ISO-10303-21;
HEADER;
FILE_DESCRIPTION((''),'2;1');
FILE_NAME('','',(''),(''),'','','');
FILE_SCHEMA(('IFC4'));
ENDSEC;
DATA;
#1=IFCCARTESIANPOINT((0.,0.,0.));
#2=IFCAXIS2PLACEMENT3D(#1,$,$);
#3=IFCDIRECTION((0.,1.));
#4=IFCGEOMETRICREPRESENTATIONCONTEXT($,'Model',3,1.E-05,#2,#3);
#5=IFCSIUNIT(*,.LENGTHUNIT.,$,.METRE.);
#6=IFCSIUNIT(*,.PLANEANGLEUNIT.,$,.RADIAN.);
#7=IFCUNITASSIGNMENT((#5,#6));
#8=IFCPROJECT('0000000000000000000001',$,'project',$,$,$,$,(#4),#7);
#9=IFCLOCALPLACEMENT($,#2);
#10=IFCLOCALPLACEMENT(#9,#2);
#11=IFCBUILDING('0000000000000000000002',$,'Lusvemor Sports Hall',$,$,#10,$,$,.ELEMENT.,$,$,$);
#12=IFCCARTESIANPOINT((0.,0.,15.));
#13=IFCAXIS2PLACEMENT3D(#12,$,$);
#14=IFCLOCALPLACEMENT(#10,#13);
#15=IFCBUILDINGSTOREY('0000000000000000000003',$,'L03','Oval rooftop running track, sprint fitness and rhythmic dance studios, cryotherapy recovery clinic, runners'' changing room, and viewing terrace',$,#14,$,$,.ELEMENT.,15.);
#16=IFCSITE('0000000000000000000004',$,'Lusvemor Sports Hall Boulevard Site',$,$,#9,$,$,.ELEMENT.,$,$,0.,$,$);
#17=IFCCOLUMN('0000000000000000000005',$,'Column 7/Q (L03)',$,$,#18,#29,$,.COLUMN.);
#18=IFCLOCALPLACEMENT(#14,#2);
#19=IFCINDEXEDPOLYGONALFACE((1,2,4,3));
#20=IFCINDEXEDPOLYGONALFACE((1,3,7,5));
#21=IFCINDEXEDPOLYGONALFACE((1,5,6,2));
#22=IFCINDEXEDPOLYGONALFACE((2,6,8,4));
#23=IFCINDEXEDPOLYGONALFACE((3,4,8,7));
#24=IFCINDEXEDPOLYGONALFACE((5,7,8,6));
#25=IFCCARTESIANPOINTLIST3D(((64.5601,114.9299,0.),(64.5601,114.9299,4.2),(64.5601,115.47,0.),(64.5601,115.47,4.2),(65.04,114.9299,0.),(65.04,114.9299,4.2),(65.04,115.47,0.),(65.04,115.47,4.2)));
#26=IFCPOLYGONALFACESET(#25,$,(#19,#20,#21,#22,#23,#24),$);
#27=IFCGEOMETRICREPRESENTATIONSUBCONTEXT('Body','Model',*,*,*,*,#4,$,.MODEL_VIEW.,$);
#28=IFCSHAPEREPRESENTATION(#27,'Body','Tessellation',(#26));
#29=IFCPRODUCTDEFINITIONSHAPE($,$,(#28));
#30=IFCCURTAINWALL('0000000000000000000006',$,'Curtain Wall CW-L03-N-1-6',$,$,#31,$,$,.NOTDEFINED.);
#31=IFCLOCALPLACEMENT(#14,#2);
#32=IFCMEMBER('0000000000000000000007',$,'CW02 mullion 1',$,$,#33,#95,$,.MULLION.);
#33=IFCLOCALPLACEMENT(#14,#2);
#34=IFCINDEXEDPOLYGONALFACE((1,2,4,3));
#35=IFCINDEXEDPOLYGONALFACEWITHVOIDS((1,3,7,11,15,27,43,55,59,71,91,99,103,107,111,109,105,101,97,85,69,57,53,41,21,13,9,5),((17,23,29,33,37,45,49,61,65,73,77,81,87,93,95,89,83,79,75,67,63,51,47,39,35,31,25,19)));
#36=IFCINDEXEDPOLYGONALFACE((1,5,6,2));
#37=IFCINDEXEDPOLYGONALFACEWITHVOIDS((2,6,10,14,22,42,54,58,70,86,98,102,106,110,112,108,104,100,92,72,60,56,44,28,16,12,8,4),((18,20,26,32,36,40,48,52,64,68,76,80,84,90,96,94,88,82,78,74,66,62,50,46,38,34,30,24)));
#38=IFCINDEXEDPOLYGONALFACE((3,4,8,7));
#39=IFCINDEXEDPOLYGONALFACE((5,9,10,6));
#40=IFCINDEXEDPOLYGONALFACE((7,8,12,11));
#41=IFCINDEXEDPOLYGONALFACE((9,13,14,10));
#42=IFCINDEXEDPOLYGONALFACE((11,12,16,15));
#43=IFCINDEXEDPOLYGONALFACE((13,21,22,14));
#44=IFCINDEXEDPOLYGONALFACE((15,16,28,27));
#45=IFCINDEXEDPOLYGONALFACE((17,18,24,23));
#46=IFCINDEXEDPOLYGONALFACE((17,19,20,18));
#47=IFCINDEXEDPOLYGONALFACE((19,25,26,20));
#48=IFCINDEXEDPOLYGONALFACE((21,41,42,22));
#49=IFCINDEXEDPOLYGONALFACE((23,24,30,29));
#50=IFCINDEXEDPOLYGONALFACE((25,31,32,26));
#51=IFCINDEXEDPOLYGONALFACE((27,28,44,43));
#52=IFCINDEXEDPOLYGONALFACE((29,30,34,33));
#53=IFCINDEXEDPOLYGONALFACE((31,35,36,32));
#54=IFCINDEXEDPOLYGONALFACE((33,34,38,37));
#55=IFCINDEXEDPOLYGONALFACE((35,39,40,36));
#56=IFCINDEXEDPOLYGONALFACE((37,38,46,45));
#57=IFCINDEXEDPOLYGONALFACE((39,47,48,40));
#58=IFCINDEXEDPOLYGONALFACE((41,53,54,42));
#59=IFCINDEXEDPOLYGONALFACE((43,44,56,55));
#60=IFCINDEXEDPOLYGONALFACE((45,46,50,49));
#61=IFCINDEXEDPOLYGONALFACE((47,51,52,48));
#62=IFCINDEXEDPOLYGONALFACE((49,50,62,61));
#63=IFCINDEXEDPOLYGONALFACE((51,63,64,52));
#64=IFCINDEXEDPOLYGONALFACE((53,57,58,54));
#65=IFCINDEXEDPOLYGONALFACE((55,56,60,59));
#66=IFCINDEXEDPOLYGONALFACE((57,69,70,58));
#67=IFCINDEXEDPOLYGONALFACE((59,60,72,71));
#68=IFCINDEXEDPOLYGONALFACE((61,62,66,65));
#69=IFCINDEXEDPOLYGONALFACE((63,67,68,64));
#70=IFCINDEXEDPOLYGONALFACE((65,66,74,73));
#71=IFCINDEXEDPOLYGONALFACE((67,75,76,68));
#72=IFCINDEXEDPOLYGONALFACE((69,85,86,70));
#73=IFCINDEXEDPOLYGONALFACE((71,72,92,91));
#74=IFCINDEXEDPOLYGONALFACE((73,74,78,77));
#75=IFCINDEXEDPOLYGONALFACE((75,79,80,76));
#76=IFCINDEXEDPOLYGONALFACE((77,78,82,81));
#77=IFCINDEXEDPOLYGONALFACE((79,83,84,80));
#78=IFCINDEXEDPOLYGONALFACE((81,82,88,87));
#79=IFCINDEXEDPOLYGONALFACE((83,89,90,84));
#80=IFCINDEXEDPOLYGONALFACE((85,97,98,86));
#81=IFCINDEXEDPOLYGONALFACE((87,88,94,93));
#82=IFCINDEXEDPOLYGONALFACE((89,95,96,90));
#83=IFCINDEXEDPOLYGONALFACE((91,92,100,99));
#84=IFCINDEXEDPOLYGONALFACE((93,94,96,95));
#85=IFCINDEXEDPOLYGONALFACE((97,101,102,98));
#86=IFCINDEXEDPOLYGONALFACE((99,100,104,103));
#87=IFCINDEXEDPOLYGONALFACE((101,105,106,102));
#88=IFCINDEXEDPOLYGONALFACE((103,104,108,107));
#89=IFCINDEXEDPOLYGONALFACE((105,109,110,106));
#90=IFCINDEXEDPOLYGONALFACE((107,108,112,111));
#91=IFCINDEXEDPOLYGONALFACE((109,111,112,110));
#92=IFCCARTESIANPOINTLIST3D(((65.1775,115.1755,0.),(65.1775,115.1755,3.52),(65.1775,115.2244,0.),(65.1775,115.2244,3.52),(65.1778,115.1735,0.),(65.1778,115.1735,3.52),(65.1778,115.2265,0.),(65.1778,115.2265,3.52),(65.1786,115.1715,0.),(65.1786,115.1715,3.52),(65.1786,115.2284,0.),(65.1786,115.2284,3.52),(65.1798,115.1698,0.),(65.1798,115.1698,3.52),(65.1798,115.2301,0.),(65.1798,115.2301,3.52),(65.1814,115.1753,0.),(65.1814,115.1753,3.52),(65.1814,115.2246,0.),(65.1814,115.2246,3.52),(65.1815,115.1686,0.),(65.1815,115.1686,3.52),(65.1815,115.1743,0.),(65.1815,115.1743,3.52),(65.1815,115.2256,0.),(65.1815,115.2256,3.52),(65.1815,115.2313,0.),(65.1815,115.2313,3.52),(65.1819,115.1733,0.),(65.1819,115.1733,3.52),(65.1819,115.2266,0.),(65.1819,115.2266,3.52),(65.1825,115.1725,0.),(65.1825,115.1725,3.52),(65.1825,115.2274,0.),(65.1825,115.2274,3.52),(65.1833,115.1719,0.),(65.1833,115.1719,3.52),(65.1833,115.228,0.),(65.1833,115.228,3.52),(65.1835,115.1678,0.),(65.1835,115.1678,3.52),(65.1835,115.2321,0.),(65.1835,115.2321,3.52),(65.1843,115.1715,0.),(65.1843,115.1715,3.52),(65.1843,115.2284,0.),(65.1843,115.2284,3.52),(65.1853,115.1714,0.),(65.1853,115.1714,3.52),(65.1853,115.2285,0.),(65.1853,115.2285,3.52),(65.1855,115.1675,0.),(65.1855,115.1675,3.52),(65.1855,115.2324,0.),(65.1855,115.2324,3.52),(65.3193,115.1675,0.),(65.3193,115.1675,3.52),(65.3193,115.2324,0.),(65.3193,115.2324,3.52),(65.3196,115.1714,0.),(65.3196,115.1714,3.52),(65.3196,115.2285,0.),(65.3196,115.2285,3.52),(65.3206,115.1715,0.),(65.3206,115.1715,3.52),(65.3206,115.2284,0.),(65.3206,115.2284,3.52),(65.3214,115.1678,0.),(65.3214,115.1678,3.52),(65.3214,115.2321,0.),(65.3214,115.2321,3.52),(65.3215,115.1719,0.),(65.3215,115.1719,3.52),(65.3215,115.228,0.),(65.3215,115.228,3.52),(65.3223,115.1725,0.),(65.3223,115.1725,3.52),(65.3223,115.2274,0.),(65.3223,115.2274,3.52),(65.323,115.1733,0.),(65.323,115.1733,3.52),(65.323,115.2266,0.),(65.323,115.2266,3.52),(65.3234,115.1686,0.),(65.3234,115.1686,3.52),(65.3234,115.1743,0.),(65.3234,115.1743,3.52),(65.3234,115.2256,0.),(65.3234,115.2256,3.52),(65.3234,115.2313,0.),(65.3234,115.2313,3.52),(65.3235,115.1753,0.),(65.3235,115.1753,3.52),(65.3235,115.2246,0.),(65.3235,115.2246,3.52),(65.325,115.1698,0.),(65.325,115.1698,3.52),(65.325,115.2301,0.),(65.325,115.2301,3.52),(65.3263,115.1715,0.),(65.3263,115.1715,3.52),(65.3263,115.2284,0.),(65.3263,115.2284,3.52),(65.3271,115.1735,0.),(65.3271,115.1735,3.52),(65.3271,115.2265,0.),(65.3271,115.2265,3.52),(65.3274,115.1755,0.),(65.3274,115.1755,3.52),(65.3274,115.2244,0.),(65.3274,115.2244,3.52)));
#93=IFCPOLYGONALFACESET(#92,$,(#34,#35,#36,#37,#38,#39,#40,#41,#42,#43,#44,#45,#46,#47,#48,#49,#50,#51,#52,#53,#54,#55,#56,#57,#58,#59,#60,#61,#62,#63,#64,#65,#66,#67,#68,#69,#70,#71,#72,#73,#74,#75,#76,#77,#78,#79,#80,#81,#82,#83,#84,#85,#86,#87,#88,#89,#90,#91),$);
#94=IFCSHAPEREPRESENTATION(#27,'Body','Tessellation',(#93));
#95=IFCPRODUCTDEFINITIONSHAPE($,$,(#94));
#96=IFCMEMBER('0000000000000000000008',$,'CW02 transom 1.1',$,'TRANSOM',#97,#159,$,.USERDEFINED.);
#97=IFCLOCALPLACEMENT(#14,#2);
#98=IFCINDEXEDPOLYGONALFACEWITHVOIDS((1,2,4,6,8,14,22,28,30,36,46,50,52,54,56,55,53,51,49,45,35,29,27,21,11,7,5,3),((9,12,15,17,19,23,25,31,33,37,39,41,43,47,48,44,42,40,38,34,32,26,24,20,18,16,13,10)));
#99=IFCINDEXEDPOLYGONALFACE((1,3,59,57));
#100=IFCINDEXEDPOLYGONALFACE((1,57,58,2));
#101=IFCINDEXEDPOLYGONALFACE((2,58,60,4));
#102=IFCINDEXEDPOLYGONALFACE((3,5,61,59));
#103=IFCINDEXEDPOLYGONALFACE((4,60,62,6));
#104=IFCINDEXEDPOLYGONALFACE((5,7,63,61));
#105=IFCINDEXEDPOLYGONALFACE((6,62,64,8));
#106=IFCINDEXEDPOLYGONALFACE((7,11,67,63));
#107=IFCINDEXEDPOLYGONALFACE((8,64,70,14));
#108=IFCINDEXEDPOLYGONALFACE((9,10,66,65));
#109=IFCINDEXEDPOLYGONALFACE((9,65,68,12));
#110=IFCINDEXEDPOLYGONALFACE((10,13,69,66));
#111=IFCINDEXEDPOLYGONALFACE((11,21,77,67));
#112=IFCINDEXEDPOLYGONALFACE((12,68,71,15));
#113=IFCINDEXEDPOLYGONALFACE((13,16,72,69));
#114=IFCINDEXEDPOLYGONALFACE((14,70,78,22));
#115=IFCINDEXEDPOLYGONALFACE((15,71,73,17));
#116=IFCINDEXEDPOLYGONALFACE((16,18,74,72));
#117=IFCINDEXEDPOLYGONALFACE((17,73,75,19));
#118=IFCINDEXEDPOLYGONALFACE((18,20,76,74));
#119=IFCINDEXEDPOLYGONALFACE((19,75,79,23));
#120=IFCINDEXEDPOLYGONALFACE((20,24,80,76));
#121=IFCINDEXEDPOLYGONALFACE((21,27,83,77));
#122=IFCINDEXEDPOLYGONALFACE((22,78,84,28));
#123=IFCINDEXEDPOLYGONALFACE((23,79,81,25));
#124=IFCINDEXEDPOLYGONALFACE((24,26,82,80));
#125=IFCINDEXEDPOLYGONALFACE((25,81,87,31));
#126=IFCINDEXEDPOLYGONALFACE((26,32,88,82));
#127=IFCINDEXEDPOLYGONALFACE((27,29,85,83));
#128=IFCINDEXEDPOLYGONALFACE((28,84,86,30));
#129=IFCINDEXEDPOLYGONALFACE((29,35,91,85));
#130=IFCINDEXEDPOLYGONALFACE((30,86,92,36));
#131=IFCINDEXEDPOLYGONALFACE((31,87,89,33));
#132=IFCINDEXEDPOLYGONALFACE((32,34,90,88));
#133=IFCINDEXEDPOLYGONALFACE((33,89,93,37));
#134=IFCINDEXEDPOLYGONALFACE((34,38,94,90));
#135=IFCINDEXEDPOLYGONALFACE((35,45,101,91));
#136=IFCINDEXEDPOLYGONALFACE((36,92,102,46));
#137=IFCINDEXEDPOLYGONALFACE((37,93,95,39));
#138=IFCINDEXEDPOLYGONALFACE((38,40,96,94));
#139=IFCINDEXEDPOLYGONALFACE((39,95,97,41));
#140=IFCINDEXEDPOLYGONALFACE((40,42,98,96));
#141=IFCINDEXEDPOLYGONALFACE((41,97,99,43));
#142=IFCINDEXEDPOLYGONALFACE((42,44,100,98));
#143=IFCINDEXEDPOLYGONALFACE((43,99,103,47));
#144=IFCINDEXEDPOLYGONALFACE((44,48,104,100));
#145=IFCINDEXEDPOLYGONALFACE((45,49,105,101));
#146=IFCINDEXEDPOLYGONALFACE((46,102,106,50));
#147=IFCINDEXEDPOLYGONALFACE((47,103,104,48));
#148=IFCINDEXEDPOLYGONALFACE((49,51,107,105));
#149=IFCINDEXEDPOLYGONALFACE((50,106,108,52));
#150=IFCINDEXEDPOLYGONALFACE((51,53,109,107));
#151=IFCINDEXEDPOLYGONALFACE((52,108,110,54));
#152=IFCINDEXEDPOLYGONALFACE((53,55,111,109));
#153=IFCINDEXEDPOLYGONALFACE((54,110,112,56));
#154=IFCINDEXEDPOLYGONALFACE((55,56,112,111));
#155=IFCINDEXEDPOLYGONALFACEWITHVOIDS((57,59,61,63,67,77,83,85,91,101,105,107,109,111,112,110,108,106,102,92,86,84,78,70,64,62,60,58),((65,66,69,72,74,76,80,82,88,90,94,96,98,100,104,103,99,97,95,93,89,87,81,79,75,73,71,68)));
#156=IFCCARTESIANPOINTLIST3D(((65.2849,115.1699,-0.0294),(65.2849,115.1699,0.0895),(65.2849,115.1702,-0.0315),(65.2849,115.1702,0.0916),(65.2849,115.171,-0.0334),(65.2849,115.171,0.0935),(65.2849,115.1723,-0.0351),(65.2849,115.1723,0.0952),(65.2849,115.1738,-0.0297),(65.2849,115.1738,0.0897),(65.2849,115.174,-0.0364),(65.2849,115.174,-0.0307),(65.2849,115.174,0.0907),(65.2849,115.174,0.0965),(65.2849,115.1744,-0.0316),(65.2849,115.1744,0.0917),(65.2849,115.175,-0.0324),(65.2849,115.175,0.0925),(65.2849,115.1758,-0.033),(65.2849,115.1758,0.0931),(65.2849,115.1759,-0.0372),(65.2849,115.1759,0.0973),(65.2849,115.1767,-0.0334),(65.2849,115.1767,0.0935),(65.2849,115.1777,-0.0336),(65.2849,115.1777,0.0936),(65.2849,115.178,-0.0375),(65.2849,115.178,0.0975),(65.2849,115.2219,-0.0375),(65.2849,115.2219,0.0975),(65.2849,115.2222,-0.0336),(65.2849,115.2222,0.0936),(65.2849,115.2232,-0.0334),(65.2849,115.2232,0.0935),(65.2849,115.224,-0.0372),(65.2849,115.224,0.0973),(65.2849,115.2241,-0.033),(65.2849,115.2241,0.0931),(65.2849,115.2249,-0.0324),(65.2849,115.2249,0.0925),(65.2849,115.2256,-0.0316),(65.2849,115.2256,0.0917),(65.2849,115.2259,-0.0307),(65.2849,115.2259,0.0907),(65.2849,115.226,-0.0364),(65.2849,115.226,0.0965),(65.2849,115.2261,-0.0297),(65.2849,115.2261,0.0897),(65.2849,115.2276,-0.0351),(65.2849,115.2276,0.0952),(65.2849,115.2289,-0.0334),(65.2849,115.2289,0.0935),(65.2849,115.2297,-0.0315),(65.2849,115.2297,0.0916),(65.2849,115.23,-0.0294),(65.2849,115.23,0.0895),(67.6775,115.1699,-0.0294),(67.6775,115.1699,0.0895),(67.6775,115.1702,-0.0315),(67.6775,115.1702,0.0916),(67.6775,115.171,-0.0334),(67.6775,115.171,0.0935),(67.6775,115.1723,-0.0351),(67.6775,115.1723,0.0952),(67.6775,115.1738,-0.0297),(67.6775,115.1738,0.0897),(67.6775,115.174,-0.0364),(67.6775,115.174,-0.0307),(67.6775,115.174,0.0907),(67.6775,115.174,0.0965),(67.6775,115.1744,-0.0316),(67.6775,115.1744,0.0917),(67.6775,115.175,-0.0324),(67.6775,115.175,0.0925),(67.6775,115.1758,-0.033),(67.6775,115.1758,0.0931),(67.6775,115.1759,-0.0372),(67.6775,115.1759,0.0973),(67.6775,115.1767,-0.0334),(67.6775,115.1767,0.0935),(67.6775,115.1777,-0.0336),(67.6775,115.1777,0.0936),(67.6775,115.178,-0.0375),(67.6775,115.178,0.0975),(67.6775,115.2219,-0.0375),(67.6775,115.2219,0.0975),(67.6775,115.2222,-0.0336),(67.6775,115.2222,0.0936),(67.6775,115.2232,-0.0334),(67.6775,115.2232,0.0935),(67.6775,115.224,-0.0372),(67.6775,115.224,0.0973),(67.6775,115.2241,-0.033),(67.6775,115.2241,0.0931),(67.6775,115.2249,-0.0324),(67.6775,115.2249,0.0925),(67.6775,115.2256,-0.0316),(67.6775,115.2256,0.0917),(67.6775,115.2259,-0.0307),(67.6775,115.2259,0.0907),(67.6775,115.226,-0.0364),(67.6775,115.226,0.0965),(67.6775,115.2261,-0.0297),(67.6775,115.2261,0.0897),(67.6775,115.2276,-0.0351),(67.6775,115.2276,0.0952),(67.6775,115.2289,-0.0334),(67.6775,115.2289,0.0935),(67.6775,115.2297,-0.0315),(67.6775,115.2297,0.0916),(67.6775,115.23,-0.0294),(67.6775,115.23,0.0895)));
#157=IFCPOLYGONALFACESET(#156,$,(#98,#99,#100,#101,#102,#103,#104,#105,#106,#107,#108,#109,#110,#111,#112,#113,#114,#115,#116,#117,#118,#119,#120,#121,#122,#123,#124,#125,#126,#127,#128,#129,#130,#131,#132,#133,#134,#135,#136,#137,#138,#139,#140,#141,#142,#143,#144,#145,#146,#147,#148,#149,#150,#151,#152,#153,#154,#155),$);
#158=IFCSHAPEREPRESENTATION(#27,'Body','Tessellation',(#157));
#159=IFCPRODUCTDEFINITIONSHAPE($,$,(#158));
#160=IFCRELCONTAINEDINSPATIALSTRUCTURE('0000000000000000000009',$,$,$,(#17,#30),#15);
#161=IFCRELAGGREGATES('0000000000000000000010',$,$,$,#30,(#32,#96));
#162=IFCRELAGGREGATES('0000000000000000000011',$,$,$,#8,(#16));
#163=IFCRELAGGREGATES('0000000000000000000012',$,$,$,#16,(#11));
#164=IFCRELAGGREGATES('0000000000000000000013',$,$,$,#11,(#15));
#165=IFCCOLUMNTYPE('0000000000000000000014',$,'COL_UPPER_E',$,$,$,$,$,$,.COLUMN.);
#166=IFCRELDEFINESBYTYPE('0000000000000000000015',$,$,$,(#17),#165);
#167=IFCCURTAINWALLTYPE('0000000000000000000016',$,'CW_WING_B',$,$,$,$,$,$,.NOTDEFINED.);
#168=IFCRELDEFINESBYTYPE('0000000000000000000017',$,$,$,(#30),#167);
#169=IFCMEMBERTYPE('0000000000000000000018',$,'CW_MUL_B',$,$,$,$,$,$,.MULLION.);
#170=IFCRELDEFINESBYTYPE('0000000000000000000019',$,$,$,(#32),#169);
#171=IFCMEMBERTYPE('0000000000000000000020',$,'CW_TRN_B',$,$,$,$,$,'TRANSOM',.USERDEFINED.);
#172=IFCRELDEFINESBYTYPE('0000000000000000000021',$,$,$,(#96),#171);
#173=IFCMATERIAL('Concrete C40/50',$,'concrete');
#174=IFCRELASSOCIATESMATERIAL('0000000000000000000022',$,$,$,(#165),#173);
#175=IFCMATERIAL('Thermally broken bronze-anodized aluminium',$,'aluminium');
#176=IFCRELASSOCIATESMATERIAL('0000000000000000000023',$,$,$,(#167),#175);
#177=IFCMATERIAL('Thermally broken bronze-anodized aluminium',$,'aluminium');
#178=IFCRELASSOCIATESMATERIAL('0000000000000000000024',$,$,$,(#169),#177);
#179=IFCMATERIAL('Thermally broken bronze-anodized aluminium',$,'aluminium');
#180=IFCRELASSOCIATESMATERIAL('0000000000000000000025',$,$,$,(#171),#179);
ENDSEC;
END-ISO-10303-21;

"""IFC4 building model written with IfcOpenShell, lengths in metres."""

from ifc_helpers import new_model, si_unit, direction, frame, origin, origin_2d, place, context, subcontext, project, spatial, rectangle, hollow_rectangle, extrude, material, material_profile, profile_set, type_object, element, aggregate, save


model = new_model("IFC4")

# Units and contexts
model_context = context("Model", 3, precision=1e-05, world=origin(), true_north=direction((0.0, 1.0)))
body_context = subcontext(model_context, "Body", "Model", "MODEL_VIEW")
ifc_project = project(units=[si_unit("LENGTHUNIT", "METRE"), si_unit("PLANEANGLEUNIT", "RADIAN")], contexts=[model_context])

# Site, building, storey
site_placement = place(None, origin())
site = spatial("IfcSite", under=ifc_project, at=site_placement, Name="Lusvemor Sports Hall Boulevard Site", CompositionType="ELEMENT", RefElevation=0.0)
building_placement = place(site_placement, origin())
building = spatial("IfcBuilding", under=site, at=building_placement, Name="Lusvemor Sports Hall", CompositionType="ELEMENT")
storey_placement = place(building_placement, frame((0.0, 0.0, 15.0)))
storey = spatial("IfcBuildingStorey", under=building, at=storey_placement, Name="L03", Description="Oval rooftop running track, sprint fitness and rhythmic dance studios, cryotherapy recovery clinic, runners' changing room, and viewing terrace", CompositionType="ELEMENT", Elevation=15.0)

# Column
ifc_material_1 = material(Name="Concrete C40/50", Category="concrete")
ifc_material_profile_1 = material_profile(ifc_material_1, rectangle(XDim=0.48, YDim=0.54, at=origin_2d()), Name="RC480x540")
ifc_profile_set_1 = profile_set([ifc_material_profile_1], Name="Concrete C40/50")
column_type = type_object("IfcColumnType", Name="COL_UPPER_E", PredefinedType="COLUMN", material=ifc_profile_set_1)
column_placement = place(storey_placement, frame((64.8, 115.2, 0.0), z_axis=(0.0, 0.0, 1.0), x_axis=(1.0, 0.0, 0.0)))
element("IfcColumn", 1, at=column_placement, inside=storey, type_object=column_type, Name="Column 7/Q (L03)", PredefinedType="COLUMN", context=body_context, shape_type="SweptSolid", body=[
    extrude(rectangle(XDim=0.48, YDim=0.54, at=origin_2d()), origin(), (0.0, 0.0, 1.0), 4.2),
])

# Curtain wall, members
ifc_material_2 = material(Name="Thermally broken bronze-anodized aluminium", Category="aluminium")
curtain_wall_type = type_object("IfcCurtainWallType", Name="CW_WING_B", PredefinedType="NOTDEFINED", material=ifc_material_2)
curtain_wall_placement = place(storey_placement, origin())
curtain_wall = element("IfcCurtainWall", 2, at=curtain_wall_placement, inside=storey, type_object=curtain_wall_type, Name="Curtain Wall CW-L03-N-1-6", PredefinedType="NOTDEFINED")
ifc_material_3 = material(Name="Thermally broken bronze-anodized aluminium", Category="aluminium")
ifc_material_profile_2 = material_profile(ifc_material_3, hollow_rectangle(XDim=0.0649, YDim=0.1499, WallThickness=0.0039, InnerFilletRadius=0.0039, OuterFilletRadius=0.0081, at=origin_2d()), Name="CWMUL150x65x4")
ifc_profile_set_2 = profile_set([ifc_material_profile_2], Name="Thermally broken bronze-anodized aluminium")
member_type_1 = type_object("IfcMemberType", Name="CW_MUL_B", PredefinedType="MULLION", material=ifc_profile_set_2)
member_1_placement = place(storey_placement, frame((65.2524, 115.2, 0.0), z_axis=(0.0, 0.0, 1.0), x_axis=(0.0, 1.0, 0.0)))
member_1 = element("IfcMember", 3, at=member_1_placement, type_object=member_type_1, Name="CW02 mullion 1", PredefinedType="MULLION", context=body_context, shape_type="SweptSolid", body=[
    extrude(hollow_rectangle(XDim=0.0649, YDim=0.1499, WallThickness=0.0039, InnerFilletRadius=0.0039, OuterFilletRadius=0.0081, at=origin_2d()), origin(), (0.0, 0.0, 1.0), 3.52),
])
ifc_material_4 = material(Name="Thermally broken bronze-anodized aluminium", Category="aluminium")
ifc_material_profile_3 = material_profile(ifc_material_4, hollow_rectangle(XDim=0.0601, YDim=0.135, WallThickness=0.0039, InnerFilletRadius=0.0039, OuterFilletRadius=0.0081, at=origin_2d()), Name="CWTRN135x60x4")
ifc_profile_set_3 = profile_set([ifc_material_profile_3], Name="Thermally broken bronze-anodized aluminium")
member_type_2 = type_object("IfcMemberType", Name="CW_TRN_B", ElementType="TRANSOM", PredefinedType="USERDEFINED", material=ifc_profile_set_3)
member_2_placement = place(storey_placement, frame((65.2849, 115.2, 0.03), z_axis=(1.0, 0.0, 0.0), x_axis=(0.0, 1.0, 0.0)))
member_2 = element("IfcMember", 4, at=member_2_placement, type_object=member_type_2, Name="CW02 transom 1.1", ObjectType="TRANSOM", PredefinedType="USERDEFINED", context=body_context, shape_type="SweptSolid", body=[
    extrude(hollow_rectangle(XDim=0.0601, YDim=0.135, WallThickness=0.0039, InnerFilletRadius=0.0039, OuterFilletRadius=0.0081, at=origin_2d()), origin(), (0.0, 0.0, 1.0), 2.3926),
])
aggregate(curtain_wall, [member_1, member_2])

save(model, "model.ifc")
